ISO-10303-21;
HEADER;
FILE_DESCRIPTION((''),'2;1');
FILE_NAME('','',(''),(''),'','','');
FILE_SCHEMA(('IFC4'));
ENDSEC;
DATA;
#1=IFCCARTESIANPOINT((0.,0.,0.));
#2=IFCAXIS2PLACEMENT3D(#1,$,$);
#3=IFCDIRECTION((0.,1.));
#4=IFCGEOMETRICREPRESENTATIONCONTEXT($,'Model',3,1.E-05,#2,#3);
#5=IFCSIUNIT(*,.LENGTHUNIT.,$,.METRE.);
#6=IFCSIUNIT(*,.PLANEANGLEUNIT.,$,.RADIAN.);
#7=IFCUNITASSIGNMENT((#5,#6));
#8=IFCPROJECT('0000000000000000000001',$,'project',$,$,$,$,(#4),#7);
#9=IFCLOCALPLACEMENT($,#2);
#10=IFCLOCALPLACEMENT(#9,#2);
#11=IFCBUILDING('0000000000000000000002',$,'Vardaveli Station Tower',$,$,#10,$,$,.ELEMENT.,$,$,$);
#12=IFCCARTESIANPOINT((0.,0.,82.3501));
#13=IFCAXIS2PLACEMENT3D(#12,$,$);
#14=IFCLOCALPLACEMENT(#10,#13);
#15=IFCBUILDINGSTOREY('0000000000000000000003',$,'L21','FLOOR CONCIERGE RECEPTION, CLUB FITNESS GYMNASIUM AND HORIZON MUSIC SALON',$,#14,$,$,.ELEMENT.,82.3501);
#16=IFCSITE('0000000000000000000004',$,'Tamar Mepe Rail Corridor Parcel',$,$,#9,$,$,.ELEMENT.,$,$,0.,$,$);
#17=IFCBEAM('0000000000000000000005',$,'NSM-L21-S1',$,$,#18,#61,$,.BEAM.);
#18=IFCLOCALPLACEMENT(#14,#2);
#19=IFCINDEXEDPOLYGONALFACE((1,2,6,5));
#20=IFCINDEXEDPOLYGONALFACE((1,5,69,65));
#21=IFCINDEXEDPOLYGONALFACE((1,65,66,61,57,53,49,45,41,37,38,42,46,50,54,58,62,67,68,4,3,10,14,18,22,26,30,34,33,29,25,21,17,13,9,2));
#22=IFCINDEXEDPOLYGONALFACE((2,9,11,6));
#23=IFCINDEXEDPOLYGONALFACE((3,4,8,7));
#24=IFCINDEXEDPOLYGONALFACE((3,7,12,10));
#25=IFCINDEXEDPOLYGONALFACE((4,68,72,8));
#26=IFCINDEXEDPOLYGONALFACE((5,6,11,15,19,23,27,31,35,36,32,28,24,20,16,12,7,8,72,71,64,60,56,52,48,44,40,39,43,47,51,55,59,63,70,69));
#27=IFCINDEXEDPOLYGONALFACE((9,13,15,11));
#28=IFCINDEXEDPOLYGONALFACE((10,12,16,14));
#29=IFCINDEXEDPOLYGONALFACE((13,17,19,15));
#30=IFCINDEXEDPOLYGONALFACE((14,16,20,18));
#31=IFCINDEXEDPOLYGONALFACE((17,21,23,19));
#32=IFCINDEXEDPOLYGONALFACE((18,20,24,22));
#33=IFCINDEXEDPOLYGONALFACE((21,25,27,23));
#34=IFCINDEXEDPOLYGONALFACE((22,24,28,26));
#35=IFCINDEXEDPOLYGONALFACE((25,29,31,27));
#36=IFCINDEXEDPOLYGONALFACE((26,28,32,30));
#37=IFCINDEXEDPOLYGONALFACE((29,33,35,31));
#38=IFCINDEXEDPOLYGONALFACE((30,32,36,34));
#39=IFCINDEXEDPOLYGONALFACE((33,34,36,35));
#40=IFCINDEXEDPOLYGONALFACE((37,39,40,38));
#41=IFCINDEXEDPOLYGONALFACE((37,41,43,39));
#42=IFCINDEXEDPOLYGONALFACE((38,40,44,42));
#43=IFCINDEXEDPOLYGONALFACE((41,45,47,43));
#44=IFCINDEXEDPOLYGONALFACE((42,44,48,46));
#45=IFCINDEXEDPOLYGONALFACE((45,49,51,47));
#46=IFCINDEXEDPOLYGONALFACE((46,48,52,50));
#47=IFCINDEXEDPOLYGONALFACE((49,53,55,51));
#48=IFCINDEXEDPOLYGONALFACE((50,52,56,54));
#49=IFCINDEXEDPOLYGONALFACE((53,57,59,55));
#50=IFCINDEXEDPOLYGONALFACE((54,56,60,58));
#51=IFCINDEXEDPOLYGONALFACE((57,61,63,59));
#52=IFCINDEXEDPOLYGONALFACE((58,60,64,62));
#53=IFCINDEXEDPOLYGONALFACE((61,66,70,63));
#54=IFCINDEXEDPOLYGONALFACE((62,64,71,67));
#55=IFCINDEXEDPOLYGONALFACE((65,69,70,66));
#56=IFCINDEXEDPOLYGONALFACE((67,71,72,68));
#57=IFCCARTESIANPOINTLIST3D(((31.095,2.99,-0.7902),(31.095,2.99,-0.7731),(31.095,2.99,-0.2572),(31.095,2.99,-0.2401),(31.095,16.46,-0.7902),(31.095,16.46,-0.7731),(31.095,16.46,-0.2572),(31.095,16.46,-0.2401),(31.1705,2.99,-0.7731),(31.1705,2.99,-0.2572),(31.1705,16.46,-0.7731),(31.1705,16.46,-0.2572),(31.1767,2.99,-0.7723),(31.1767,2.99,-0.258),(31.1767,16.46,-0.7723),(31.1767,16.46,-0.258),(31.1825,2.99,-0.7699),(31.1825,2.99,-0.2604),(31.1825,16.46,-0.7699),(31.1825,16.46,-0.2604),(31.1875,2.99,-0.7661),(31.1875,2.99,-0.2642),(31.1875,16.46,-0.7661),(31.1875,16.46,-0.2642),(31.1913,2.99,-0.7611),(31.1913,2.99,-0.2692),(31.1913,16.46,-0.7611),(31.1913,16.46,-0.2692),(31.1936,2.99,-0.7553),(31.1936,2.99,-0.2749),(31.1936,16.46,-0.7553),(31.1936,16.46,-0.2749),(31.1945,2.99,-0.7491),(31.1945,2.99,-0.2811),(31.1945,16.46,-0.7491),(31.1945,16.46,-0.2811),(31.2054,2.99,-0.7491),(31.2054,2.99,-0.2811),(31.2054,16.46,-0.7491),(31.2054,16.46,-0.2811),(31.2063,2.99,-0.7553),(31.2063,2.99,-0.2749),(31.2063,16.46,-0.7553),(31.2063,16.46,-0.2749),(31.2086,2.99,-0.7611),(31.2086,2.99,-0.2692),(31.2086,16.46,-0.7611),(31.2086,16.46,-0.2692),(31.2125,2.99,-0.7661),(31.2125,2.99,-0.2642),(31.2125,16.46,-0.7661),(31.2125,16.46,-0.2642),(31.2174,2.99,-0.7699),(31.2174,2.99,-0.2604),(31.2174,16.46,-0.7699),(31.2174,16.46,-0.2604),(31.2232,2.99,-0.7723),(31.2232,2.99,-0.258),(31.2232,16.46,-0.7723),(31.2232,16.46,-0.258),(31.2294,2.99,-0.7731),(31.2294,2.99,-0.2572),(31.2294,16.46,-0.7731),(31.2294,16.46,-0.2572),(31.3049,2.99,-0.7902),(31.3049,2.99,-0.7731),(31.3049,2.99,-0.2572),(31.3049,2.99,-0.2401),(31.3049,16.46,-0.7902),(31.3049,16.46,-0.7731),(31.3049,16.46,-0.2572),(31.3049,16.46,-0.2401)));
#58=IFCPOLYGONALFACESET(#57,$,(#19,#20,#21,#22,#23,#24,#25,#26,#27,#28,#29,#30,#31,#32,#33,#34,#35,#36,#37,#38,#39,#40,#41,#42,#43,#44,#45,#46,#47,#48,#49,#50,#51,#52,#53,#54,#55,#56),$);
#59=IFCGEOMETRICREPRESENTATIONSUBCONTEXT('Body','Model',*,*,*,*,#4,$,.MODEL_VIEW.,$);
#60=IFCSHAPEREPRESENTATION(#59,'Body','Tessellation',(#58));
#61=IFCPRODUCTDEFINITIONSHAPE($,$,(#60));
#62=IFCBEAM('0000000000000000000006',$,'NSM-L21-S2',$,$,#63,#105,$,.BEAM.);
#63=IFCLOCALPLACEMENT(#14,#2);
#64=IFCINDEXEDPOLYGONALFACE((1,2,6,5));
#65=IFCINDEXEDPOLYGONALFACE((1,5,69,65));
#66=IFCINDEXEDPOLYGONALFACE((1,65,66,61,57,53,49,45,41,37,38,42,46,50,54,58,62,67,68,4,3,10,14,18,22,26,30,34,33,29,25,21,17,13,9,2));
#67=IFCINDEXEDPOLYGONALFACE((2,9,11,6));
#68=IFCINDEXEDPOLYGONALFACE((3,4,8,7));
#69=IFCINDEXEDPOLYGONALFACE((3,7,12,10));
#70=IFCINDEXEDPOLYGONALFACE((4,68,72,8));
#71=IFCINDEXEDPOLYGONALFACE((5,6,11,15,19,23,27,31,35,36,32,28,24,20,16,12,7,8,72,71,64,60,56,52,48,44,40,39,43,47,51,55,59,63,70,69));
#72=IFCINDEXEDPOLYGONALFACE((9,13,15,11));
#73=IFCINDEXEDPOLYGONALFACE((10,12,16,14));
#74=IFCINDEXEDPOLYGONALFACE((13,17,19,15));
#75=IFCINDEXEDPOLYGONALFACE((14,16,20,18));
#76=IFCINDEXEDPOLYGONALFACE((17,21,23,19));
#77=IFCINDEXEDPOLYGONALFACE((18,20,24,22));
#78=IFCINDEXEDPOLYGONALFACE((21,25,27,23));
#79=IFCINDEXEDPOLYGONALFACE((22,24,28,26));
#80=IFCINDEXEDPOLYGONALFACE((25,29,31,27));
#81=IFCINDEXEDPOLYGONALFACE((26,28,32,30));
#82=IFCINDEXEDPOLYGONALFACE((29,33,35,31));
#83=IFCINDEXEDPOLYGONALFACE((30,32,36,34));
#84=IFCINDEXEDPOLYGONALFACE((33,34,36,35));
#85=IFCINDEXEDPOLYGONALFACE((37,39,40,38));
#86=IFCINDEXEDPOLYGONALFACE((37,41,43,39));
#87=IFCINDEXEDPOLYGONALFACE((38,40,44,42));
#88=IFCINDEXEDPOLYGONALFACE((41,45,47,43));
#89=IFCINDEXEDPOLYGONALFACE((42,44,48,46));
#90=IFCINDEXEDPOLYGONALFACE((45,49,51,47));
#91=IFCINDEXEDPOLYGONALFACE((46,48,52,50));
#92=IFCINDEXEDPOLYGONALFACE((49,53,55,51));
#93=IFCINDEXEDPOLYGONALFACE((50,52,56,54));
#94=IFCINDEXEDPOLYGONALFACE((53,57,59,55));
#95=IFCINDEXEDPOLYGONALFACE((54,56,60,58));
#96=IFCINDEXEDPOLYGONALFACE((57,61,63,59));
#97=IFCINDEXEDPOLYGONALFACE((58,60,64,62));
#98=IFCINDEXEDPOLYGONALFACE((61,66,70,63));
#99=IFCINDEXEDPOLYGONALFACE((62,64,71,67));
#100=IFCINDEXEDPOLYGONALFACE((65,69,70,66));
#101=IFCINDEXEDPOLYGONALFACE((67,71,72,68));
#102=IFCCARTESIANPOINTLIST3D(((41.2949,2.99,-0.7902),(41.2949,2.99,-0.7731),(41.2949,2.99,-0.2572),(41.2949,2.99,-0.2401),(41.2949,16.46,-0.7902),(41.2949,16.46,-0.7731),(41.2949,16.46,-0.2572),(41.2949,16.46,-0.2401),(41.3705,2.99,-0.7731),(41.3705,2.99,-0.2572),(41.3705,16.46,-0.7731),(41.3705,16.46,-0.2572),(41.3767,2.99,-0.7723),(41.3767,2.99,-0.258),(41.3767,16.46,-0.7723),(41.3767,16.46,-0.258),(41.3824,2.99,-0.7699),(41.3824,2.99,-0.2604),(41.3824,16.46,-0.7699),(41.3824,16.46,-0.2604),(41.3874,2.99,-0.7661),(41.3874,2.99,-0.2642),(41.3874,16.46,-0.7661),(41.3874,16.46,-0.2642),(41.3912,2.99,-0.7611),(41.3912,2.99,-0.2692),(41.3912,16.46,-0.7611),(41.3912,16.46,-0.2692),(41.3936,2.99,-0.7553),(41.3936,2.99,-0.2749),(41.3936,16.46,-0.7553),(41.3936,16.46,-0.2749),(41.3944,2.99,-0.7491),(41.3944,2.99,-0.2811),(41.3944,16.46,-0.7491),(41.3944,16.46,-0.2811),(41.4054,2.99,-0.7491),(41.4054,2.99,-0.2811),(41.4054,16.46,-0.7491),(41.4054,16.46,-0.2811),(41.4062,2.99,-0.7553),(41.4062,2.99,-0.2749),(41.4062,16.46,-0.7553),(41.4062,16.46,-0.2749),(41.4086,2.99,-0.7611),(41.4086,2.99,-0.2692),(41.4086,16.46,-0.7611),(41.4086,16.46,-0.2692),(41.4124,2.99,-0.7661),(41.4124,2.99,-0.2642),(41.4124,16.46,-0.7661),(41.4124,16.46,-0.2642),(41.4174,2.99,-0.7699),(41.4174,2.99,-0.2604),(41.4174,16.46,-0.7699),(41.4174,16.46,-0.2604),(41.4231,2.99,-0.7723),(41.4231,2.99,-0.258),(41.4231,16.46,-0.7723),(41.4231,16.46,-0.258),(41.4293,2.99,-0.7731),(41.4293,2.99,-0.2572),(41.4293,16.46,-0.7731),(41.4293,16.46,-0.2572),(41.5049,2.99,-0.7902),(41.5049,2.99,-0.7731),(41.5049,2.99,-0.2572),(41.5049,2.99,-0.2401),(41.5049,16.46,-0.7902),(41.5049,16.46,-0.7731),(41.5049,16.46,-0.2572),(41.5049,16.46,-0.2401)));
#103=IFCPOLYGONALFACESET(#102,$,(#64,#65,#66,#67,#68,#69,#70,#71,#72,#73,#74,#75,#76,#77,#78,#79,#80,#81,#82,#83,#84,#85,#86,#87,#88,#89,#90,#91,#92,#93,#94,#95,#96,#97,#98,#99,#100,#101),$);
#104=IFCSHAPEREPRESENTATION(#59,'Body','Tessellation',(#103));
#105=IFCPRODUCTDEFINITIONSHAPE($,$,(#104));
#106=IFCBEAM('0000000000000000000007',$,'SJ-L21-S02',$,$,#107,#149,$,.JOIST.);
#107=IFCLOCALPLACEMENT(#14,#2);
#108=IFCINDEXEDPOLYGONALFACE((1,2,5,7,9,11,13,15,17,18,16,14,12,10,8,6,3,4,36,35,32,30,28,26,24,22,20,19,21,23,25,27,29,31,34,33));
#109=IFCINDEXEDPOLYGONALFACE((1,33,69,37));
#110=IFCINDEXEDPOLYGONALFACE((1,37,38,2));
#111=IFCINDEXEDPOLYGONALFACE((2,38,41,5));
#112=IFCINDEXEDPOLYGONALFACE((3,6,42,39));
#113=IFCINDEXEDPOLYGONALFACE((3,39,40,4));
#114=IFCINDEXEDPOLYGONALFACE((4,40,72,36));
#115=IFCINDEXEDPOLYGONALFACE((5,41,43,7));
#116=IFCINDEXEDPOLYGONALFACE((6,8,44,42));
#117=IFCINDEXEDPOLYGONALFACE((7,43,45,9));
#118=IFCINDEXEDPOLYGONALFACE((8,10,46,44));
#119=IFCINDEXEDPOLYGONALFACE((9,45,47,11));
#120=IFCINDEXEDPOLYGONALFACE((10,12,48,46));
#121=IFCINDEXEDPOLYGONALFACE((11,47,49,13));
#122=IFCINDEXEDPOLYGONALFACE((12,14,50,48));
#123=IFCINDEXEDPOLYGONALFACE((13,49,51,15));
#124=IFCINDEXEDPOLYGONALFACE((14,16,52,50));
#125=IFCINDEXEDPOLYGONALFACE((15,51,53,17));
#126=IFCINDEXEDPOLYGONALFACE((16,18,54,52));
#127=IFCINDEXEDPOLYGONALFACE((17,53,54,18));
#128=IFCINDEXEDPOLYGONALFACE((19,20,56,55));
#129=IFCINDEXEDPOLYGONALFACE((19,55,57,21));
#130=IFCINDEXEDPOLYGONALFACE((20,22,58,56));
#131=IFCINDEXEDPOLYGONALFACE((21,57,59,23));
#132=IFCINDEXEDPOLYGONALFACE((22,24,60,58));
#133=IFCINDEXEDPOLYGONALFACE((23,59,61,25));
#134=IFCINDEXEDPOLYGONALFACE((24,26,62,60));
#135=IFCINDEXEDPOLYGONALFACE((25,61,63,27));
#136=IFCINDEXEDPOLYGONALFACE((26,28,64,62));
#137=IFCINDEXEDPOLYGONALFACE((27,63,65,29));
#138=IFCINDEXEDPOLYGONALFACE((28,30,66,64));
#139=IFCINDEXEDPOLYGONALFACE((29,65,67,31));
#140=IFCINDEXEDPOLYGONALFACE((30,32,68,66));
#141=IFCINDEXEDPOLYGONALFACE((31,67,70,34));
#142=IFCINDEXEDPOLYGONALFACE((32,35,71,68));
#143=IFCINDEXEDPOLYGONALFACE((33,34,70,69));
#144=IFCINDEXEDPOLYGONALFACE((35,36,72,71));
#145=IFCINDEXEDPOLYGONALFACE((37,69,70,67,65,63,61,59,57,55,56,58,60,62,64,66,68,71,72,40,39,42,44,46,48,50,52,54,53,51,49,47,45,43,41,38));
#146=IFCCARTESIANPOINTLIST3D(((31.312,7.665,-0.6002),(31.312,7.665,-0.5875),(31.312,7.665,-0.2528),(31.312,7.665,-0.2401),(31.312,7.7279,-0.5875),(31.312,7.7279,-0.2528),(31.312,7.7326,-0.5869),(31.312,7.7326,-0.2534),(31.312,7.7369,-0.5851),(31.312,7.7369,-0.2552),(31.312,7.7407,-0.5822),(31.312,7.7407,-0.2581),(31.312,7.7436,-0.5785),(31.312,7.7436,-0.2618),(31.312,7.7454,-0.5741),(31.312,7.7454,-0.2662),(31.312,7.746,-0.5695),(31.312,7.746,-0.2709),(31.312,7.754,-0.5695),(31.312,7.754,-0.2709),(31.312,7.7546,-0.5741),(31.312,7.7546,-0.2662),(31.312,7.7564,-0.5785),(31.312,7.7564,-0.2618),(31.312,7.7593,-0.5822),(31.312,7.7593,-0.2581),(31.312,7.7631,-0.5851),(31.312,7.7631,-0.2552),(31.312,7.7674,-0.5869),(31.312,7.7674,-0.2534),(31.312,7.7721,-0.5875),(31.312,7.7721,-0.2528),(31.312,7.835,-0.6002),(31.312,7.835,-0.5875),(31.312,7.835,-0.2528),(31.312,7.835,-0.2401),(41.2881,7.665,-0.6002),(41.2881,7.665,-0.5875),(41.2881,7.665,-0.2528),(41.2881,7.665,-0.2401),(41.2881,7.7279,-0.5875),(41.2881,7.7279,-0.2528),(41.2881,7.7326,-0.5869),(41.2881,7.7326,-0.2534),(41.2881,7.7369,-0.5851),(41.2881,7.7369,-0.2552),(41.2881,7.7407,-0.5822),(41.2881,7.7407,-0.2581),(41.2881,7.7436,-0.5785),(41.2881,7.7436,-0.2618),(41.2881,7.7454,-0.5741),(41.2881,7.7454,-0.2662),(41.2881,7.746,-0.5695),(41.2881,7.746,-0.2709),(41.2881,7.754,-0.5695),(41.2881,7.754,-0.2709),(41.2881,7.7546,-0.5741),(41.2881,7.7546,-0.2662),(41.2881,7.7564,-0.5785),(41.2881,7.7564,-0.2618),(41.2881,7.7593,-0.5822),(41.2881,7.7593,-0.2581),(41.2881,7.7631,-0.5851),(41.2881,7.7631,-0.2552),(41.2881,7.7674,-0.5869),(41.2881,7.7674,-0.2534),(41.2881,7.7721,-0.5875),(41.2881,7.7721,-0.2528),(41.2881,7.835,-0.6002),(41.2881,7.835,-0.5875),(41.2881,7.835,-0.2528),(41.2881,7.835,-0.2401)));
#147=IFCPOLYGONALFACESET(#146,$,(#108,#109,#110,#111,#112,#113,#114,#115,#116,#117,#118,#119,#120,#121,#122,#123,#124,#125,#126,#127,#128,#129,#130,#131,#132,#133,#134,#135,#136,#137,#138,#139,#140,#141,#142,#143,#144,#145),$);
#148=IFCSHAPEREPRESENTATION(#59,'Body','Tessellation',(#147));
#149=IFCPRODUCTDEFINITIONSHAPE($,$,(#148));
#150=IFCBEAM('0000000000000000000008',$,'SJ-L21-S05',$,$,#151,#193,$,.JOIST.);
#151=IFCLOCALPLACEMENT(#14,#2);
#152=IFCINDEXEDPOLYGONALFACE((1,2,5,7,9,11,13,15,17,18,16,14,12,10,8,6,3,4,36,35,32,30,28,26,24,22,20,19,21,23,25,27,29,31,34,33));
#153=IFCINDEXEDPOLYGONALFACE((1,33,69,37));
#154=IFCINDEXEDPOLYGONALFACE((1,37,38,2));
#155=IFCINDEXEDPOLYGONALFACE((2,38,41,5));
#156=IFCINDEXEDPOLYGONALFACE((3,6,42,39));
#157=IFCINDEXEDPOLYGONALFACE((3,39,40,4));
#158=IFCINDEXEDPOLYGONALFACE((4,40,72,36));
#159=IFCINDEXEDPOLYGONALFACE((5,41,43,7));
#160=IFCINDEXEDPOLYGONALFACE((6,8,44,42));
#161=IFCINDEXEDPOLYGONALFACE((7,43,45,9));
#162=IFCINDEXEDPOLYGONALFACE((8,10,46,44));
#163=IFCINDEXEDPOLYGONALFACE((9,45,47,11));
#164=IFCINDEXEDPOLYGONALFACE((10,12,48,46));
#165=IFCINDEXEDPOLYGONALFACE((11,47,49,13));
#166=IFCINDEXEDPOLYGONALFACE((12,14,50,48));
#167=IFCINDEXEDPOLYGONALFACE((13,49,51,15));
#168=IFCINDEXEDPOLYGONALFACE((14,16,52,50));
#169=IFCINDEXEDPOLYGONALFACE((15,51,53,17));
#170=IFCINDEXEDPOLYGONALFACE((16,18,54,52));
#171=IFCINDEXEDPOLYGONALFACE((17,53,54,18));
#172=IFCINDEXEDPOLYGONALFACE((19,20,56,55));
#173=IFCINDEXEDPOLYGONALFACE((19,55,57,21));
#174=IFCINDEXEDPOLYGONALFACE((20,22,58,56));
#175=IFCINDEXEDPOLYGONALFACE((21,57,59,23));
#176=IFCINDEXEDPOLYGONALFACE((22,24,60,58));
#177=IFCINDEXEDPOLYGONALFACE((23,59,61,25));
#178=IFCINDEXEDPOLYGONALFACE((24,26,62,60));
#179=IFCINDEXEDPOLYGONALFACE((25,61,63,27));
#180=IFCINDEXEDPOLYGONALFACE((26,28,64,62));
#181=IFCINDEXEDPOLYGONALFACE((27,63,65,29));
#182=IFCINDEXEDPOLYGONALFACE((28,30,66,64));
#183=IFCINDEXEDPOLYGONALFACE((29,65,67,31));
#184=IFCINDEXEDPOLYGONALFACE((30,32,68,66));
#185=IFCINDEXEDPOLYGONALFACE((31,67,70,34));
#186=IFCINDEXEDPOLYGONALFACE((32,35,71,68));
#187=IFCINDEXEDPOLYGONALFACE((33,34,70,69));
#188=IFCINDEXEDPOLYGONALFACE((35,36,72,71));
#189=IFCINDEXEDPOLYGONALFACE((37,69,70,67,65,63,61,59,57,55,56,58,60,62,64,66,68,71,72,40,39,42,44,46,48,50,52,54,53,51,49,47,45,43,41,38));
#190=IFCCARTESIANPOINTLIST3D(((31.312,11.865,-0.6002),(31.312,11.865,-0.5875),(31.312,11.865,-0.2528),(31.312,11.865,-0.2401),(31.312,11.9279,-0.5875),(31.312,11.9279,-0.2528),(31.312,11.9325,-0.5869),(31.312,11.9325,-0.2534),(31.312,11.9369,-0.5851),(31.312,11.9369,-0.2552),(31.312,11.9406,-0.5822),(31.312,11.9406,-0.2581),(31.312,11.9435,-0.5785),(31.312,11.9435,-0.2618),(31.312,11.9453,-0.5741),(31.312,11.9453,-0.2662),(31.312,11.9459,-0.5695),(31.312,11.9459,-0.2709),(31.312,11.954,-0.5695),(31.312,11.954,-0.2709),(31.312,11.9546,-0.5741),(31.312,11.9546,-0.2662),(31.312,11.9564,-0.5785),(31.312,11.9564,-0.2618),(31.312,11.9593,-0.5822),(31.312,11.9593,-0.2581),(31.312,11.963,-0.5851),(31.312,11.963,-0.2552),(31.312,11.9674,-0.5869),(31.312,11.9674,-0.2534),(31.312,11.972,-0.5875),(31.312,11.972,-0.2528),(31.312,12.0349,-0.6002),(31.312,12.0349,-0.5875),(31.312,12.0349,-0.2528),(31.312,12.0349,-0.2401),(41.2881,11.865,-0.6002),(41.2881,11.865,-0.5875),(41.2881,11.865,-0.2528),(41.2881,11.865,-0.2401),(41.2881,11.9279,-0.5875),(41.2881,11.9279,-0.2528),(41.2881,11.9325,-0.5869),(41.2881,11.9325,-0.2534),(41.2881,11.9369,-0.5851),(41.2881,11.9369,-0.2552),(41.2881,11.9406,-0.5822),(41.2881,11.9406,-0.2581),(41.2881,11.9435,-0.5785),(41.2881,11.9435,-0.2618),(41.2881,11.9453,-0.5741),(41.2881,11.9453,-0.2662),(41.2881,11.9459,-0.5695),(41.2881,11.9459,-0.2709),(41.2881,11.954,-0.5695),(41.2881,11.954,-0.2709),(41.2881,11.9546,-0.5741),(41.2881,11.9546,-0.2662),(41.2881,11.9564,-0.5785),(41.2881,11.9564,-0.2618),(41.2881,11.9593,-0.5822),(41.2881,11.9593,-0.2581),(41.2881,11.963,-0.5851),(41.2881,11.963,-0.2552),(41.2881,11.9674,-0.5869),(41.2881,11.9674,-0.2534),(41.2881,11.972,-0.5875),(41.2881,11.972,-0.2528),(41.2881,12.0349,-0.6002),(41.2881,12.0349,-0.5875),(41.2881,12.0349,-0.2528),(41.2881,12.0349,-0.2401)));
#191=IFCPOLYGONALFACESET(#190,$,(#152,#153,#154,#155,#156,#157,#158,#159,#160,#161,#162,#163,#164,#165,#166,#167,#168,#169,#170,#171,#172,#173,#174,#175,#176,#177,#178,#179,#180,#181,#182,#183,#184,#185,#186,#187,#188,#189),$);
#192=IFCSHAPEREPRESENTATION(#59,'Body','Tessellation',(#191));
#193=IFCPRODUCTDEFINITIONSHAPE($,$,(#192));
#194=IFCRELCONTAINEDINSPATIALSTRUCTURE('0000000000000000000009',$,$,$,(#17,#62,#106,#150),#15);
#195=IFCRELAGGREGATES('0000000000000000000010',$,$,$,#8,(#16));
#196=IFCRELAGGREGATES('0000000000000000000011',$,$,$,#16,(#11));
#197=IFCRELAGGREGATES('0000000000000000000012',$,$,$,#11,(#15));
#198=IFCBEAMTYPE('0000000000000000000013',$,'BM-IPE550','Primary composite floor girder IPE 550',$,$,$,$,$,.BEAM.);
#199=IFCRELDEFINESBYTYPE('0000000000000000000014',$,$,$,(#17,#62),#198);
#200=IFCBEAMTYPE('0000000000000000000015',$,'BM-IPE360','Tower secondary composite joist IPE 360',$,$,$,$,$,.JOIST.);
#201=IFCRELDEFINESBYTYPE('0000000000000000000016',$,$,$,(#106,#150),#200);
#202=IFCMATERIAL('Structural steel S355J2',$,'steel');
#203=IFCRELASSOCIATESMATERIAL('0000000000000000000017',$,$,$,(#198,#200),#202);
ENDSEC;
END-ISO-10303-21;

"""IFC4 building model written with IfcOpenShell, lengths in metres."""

from ifc_helpers import new_model, si_unit, direction, frame, origin, origin_2d, place, context, subcontext, project, spatial, i_section, extrude, source, transform, mapped, material, material_profile, profile_set, type_object, element, save


model = new_model("IFC4")

# Units and contexts
model_context = context("Model", 3, precision=1e-05, world=origin(), true_north=direction((0.0, 1.0)))
body_context = subcontext(model_context, "Body", "Model", "MODEL_VIEW")
ifc_project = project(units=[si_unit("LENGTHUNIT", "METRE"), si_unit("PLANEANGLEUNIT", "RADIAN")], contexts=[model_context])

# Site, building, storey
site_placement = place(None, origin())
site = spatial("IfcSite", under=ifc_project, at=site_placement, Name="Tamar Mepe Rail Corridor Parcel", CompositionType="ELEMENT", RefElevation=0.0)
building_placement = place(site_placement, origin())
building = spatial("IfcBuilding", under=site, at=building_placement, Name="Vardaveli Station Tower", CompositionType="ELEMENT")
storey_placement = place(building_placement, frame((0.0, 0.0, 82.3501)))
storey = spatial("IfcBuildingStorey", under=building, at=storey_placement, Name="L21", Description="FLOOR CONCIERGE RECEPTION, CLUB FITNESS GYMNASIUM AND HORIZON MUSIC SALON", CompositionType="ELEMENT", Elevation=82.3501)

# Beams
ifc_material_1 = material(Name="Structural steel S355J2", Category="steel")
ifc_material_profile_1 = material_profile(ifc_material_1, i_section(OverallWidth=0.21, OverallDepth=0.55, WebThickness=0.011, FlangeThickness=0.0171, FilletRadius=0.0239, at=origin_2d()), Name="IPE 550")
ifc_profile_set_1 = profile_set([ifc_material_profile_1], Name="Structural steel S355J2")
beam_type_1 = type_object("IfcBeamType", Name="BM-IPE550", Description="Primary composite floor girder IPE 550", PredefinedType="BEAM", material=ifc_profile_set_1)
shared_shape_1 = source(origin(), body_context, "Body", "SweptSolid", [
    extrude(i_section(OverallWidth=0.21, OverallDepth=0.55, WebThickness=0.011, FlangeThickness=0.0171, FilletRadius=0.0239, at=origin_2d()), origin(), (0.0, 0.0, 1.0), 13.47),
])
for number, where, z_axis, x_axis, name in (
    (1, (31.2, 2.99, -0.5151), (0.0, 1.0, 0.0), (-1.0, 0.0, 0.0), "NSM-L21-S1"),
    (2, (41.3999, 2.99, -0.5151), (0.0, 1.0, 0.0), (-1.0, 0.0, 0.0), "NSM-L21-S2"),
):
    element("IfcBeam", number, at=place(storey_placement, frame(where, z_axis=z_axis, x_axis=x_axis)), inside=storey, type_object=beam_type_1, Name=name, PredefinedType="BEAM", context=body_context, shape_type="MappedRepresentation", body=[
        mapped(shared_shape_1, transform((0.0, 0.0, 0.0), scale=1.0)),
    ])
ifc_material_profile_2 = material_profile(ifc_material_1, i_section(OverallWidth=0.1699, OverallDepth=0.3601, WebThickness=0.0081, FlangeThickness=0.0127, FilletRadius=0.0181, at=origin_2d()), Name="IPE 360")
ifc_profile_set_2 = profile_set([ifc_material_profile_2], Name="Structural steel S355J2")
beam_type_2 = type_object("IfcBeamType", Name="BM-IPE360", Description="Tower secondary composite joist IPE 360", PredefinedType="JOIST", material=ifc_profile_set_2)
shared_shape_2 = source(origin(), body_context, "Body", "SweptSolid", [
    extrude(i_section(OverallWidth=0.1699, OverallDepth=0.3601, WebThickness=0.0081, FlangeThickness=0.0127, FilletRadius=0.0181, at=origin_2d()), origin(), (0.0, 0.0, 1.0), 9.9761),
])
for number, where, z_axis, x_axis, name in (
    (3, (31.312, 7.75, -0.4202), (1.0, 0.0, 0.0), (0.0, 1.0, 0.0), "SJ-L21-S02"),
    (4, (31.312, 11.95, -0.4202), (1.0, 0.0, 0.0), (0.0, 1.0, 0.0), "SJ-L21-S05"),
):
    element("IfcBeam", number, at=place(storey_placement, frame(where, z_axis=z_axis, x_axis=x_axis)), inside=storey, type_object=beam_type_2, Name=name, PredefinedType="JOIST", context=body_context, shape_type="MappedRepresentation", body=[
        mapped(shared_shape_2, transform((0.0, 0.0, 0.0), scale=1.0)),
    ])

save(model, "model.ifc")
